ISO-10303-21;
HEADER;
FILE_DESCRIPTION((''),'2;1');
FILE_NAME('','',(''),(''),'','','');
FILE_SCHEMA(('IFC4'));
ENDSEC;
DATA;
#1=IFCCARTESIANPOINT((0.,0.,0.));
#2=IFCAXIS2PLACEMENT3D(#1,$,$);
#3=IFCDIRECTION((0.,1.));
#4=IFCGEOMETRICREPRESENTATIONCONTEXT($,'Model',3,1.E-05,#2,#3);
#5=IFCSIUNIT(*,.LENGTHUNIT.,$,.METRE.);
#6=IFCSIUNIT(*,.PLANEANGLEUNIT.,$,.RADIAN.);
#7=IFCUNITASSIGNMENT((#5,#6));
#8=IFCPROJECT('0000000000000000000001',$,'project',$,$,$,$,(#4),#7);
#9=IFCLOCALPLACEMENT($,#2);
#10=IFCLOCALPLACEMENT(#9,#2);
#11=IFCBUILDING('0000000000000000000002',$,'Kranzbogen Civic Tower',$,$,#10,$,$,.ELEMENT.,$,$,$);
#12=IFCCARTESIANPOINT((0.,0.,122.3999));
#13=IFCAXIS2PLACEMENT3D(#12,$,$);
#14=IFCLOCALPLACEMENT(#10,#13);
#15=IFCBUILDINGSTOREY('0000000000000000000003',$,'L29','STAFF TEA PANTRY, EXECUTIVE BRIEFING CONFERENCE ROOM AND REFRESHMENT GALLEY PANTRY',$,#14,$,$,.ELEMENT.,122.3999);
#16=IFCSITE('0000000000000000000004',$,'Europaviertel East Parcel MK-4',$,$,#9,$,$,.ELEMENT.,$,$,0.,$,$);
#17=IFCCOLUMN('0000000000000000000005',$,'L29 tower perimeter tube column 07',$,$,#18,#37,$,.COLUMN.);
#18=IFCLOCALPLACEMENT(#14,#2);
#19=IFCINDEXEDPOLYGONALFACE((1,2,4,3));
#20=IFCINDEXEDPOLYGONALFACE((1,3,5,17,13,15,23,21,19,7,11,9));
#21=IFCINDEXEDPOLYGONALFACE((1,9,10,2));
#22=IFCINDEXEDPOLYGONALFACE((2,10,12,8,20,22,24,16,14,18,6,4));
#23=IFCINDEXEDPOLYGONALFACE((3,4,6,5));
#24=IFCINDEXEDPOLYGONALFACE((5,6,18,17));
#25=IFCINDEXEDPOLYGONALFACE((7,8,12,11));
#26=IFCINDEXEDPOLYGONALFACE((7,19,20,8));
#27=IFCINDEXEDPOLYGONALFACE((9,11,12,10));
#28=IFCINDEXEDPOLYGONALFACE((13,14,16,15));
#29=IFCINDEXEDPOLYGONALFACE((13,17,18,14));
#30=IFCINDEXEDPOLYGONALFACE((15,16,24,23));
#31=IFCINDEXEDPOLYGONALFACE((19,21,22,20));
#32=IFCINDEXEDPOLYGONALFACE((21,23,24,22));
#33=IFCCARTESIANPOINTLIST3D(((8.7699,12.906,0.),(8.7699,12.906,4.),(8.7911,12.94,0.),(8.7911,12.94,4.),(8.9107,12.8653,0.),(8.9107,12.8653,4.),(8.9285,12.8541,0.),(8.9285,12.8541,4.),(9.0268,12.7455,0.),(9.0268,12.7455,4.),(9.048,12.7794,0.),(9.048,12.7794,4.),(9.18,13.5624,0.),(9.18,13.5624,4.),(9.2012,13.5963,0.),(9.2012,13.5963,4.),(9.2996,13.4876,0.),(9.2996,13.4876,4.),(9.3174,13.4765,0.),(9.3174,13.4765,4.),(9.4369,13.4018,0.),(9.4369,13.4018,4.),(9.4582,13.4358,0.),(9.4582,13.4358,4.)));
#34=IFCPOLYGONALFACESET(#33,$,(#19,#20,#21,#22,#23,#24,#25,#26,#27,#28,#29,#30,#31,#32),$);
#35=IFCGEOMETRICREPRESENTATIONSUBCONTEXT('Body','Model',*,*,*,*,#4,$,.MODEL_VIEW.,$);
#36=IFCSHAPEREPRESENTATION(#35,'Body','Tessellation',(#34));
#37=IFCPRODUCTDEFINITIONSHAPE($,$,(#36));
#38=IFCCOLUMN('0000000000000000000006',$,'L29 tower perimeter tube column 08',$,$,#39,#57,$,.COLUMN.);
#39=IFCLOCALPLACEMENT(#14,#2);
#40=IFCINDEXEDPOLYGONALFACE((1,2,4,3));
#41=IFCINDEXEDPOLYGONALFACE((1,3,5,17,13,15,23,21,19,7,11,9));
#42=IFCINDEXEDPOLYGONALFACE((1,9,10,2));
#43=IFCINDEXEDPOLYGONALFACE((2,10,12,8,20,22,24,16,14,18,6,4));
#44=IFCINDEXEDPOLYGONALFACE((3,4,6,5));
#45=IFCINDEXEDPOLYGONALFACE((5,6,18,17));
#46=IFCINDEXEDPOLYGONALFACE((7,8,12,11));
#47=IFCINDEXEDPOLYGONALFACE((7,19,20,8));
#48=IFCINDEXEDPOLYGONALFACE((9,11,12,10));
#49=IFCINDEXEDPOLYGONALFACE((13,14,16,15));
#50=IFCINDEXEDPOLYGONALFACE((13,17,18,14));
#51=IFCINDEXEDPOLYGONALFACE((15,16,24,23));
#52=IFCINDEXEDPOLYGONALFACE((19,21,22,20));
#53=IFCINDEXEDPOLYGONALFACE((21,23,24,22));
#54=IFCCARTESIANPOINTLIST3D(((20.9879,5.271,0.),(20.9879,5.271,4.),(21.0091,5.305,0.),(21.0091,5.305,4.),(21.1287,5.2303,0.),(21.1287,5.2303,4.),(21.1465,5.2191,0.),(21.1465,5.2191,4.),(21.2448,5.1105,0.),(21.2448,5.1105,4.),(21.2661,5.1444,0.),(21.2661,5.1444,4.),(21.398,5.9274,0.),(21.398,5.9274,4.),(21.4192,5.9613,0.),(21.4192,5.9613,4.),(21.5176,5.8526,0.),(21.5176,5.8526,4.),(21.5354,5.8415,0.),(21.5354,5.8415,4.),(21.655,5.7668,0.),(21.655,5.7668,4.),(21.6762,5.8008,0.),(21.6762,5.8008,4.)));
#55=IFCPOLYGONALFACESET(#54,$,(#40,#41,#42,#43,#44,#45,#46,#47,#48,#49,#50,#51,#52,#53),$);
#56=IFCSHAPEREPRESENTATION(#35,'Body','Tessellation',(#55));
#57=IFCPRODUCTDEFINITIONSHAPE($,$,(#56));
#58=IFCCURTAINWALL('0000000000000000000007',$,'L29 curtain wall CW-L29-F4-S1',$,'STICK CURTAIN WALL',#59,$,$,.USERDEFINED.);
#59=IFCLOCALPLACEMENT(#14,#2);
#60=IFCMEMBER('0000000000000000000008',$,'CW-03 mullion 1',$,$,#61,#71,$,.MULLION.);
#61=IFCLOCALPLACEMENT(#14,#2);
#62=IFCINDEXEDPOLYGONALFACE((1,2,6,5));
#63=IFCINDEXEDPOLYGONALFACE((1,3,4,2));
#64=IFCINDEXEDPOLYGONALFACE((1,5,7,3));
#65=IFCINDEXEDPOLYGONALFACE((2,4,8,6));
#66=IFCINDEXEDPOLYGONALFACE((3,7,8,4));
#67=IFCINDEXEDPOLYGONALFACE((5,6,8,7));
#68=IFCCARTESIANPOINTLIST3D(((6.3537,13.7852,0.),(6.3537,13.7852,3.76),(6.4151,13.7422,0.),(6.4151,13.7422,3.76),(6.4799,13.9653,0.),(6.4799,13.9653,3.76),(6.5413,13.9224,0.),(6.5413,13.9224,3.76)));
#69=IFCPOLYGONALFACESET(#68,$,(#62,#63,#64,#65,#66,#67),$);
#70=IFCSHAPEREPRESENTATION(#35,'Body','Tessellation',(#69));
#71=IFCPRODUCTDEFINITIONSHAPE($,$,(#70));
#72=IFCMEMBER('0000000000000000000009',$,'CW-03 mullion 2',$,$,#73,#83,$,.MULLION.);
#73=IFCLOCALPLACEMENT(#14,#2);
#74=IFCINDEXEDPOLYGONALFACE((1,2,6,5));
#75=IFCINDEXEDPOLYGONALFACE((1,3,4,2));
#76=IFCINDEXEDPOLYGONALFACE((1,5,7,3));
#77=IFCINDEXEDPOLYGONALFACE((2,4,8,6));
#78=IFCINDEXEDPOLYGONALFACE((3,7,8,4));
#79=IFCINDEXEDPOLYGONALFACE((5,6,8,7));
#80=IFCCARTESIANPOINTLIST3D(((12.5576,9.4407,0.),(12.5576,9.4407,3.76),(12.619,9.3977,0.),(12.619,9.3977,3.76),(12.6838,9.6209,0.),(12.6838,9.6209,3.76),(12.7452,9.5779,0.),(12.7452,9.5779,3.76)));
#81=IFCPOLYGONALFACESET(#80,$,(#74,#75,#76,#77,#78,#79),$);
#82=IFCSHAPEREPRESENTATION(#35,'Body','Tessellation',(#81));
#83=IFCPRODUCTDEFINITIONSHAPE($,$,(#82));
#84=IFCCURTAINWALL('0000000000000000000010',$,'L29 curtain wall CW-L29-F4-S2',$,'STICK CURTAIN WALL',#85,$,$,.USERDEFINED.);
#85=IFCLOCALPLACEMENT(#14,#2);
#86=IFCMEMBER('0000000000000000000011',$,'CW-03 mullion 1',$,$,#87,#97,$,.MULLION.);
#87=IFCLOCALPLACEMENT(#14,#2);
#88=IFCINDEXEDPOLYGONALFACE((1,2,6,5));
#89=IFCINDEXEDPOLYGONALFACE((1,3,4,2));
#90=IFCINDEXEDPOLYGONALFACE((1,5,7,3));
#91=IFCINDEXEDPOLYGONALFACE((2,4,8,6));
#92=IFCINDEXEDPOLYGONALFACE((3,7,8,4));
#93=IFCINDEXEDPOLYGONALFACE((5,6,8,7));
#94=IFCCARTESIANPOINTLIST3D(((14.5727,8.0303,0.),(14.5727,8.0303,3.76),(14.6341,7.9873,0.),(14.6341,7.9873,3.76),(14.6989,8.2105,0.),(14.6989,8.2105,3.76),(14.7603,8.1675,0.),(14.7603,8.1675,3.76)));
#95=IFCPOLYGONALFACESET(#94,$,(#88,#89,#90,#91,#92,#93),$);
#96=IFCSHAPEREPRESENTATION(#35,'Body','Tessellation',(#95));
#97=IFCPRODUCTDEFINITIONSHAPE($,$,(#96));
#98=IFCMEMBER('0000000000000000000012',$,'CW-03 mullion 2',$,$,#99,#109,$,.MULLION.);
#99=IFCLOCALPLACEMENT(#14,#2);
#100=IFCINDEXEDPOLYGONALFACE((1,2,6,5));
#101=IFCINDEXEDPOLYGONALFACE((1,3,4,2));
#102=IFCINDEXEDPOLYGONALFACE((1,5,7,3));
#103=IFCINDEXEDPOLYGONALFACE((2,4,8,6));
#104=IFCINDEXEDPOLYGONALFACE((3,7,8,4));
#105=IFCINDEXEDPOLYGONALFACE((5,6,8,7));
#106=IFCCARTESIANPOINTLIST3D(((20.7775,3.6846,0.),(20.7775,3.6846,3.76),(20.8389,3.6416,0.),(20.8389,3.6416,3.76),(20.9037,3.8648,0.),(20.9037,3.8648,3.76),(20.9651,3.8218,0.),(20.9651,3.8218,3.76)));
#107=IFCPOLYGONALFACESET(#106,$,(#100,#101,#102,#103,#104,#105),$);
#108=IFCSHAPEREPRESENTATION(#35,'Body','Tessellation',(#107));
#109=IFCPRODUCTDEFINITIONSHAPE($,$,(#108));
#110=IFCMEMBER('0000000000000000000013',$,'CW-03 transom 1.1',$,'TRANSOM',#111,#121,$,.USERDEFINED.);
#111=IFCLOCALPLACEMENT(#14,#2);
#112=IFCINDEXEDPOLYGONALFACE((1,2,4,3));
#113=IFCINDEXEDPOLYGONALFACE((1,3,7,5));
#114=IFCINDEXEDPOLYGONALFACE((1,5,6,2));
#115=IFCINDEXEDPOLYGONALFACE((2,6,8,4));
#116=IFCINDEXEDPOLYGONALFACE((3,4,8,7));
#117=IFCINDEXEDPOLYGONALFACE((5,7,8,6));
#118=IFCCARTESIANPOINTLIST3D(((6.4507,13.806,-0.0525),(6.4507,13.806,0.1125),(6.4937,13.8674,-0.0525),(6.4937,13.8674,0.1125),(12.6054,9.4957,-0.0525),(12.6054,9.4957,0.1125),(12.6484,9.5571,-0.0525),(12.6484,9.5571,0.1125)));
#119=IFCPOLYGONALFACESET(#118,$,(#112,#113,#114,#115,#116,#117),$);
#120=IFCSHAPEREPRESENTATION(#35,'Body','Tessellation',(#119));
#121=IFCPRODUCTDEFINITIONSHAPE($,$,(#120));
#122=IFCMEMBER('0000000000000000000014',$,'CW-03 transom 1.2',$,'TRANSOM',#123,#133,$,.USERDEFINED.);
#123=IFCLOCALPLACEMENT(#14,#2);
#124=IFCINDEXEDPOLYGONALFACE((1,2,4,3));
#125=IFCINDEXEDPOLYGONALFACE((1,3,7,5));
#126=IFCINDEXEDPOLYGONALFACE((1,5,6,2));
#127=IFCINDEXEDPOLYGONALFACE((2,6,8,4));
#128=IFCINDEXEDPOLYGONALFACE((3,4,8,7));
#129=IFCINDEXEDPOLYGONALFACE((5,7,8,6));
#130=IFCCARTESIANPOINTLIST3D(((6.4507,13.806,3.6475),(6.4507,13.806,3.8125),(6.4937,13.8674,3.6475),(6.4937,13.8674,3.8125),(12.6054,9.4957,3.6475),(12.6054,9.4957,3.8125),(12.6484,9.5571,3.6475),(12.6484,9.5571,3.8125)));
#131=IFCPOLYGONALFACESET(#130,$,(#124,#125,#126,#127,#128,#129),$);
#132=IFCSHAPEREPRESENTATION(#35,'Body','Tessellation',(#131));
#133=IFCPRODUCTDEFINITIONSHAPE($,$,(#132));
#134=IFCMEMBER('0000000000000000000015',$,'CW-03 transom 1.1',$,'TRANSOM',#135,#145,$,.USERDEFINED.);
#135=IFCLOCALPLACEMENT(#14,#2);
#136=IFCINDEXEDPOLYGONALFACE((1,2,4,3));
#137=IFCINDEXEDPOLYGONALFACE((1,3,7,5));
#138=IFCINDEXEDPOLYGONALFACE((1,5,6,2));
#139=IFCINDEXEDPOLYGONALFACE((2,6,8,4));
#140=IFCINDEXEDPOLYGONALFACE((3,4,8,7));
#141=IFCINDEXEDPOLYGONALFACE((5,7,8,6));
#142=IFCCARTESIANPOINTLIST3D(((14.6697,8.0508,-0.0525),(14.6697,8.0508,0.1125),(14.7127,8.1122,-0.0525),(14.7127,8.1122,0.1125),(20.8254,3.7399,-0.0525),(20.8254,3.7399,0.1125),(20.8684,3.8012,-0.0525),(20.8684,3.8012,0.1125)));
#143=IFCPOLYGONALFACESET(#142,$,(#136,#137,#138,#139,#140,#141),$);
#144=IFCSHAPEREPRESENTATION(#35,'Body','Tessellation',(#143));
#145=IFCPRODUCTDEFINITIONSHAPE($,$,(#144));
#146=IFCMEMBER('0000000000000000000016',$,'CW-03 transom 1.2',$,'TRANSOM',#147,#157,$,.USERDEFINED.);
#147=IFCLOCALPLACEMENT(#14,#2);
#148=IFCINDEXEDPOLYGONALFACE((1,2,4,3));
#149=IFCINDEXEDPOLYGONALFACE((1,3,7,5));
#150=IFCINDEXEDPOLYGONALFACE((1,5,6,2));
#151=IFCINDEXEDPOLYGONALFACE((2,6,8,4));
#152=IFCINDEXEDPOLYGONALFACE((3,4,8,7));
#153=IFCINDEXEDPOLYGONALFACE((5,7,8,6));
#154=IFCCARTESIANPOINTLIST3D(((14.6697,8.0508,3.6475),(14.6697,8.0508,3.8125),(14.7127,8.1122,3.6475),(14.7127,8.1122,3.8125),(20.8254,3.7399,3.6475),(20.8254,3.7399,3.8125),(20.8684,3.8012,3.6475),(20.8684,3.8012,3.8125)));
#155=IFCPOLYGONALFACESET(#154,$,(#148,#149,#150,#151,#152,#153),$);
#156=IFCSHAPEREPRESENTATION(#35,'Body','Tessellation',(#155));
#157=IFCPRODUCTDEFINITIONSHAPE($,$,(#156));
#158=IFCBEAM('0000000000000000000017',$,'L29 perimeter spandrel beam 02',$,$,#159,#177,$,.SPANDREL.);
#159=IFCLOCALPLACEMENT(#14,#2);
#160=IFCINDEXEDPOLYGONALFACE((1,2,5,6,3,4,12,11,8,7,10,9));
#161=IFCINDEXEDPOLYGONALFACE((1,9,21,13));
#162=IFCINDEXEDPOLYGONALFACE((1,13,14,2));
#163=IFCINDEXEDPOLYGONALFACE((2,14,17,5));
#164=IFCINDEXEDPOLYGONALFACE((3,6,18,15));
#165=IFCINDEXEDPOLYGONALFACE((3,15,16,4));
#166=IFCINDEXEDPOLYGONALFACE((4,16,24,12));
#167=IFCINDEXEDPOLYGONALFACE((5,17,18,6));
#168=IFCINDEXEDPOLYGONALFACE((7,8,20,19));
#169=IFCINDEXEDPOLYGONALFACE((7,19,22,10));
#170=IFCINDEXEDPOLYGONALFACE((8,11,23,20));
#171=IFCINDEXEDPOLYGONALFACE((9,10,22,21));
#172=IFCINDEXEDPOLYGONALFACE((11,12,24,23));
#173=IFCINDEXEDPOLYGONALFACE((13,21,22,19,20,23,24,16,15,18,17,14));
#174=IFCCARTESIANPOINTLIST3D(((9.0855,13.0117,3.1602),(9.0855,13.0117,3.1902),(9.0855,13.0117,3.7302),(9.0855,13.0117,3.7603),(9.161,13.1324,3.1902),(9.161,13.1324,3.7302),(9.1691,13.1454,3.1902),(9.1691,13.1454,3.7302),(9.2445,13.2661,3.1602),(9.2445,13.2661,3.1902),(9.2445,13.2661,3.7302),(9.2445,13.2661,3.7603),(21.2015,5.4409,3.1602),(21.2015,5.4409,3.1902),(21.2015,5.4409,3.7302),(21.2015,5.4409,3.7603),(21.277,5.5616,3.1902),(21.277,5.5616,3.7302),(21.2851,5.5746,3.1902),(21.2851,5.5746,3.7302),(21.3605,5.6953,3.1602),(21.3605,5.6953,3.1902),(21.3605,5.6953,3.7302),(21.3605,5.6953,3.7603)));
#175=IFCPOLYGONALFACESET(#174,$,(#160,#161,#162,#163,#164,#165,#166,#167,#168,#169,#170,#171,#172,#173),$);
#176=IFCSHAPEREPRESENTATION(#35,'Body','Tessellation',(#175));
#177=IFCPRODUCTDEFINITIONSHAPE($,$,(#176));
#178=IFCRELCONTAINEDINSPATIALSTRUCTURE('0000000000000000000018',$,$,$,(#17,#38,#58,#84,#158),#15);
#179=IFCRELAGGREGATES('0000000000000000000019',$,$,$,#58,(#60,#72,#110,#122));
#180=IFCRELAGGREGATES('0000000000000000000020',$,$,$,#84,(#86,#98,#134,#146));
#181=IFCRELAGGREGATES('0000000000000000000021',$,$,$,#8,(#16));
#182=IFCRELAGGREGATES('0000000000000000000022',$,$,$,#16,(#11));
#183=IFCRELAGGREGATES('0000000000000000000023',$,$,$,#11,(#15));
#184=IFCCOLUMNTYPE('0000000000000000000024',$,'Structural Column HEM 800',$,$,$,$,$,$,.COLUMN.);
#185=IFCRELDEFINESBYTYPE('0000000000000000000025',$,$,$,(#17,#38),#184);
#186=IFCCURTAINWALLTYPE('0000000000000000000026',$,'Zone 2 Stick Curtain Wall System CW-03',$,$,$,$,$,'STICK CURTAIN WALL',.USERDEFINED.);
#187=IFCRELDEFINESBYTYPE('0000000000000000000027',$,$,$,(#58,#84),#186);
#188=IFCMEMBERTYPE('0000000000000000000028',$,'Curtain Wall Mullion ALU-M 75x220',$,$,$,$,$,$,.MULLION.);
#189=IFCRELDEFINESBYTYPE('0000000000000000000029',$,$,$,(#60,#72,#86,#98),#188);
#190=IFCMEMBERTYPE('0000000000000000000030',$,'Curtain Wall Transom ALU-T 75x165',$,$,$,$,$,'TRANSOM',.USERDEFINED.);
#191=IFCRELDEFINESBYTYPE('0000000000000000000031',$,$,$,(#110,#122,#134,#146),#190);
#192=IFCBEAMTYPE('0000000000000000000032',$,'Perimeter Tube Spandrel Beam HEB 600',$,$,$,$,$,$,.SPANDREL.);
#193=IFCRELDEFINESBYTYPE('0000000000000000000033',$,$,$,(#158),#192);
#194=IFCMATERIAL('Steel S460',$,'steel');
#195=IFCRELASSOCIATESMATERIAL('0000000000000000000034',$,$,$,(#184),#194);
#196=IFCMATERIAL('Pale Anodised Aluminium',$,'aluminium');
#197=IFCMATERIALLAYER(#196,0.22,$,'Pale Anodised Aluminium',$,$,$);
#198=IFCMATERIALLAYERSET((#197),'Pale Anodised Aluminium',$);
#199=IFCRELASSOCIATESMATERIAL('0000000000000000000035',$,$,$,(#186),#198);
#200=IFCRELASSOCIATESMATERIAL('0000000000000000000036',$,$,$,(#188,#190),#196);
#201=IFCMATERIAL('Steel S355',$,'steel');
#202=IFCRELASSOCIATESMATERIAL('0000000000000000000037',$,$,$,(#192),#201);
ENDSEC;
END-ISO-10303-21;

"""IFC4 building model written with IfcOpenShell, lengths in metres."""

from ifc_helpers import new_model, si_unit, direction, frame, origin, origin_2d, place, context, subcontext, project, spatial, rectangle, i_section, extrude, material, layer, layer_set, material_profile, profile_set, type_object, element, aggregate, save


model = new_model("IFC4")

# Units and contexts
model_context = context("Model", 3, precision=1e-05, world=origin(), true_north=direction((0.0, 1.0)))
body_context = subcontext(model_context, "Body", "Model", "MODEL_VIEW")
ifc_project = project(units=[si_unit("LENGTHUNIT", "METRE"), si_unit("PLANEANGLEUNIT", "RADIAN")], contexts=[model_context])

# Site, building, storey
site_placement = place(None, origin())
site = spatial("IfcSite", under=ifc_project, at=site_placement, Name="Europaviertel East Parcel MK-4", CompositionType="ELEMENT", RefElevation=0.0)
building_placement = place(site_placement, origin())
building = spatial("IfcBuilding", under=site, at=building_placement, Name="Kranzbogen Civic Tower", CompositionType="ELEMENT")
storey_placement = place(building_placement, frame((0.0, 0.0, 122.3999)))
storey = spatial("IfcBuildingStorey", under=building, at=storey_placement, Name="L29", Description="STAFF TEA PANTRY, EXECUTIVE BRIEFING CONFERENCE ROOM AND REFRESHMENT GALLEY PANTRY", CompositionType="ELEMENT", Elevation=122.3999)

# Columns
ifc_material_1 = material(Name="Steel S460", Category="steel")
ifc_material_profile_1 = material_profile(ifc_material_1, i_section(OverallWidth=0.303, OverallDepth=0.814, WebThickness=0.021, FlangeThickness=0.04, at=origin_2d()), Name="HEM 800")
ifc_profile_set_1 = profile_set([ifc_material_profile_1], Name="Steel S460")
column_type = type_object("IfcColumnType", Name="Structural Column HEM 800", PredefinedType="COLUMN", material=ifc_profile_set_1)
for number, where, z_axis, x_axis, name in (
    (1, (9.114, 13.1709, 0.0), (0.0, 0.0, 1.0), (-0.848048, 0.529919, 0.0), "L29 tower perimeter tube column 07"),
    (2, (21.332, 5.5359, 0.0), (0.0, 0.0, 1.0), (-0.848048, 0.529919, 0.0), "L29 tower perimeter tube column 08"),
):
    element("IfcColumn", number, at=place(storey_placement, frame(where, z_axis=z_axis, x_axis=x_axis)), inside=storey, type_object=column_type, Name=name, PredefinedType="COLUMN", context=body_context, shape_type="SweptSolid", body=[
        extrude(i_section(OverallWidth=0.303, OverallDepth=0.814, WebThickness=0.021, FlangeThickness=0.04, at=origin_2d()), origin(), (0.0, 0.0, 1.0), 4.0),
    ])

# Curtain walls, members
ifc_material_2 = material(Name="Pale Anodised Aluminium", Category="aluminium")
ifc_layer_1 = layer(ifc_material_2, 0.22, Name="Pale Anodised Aluminium")
ifc_layer_set_1 = layer_set([ifc_layer_1], Name="Pale Anodised Aluminium")
curtain_wall_type = type_object("IfcCurtainWallType", Name="Zone 2 Stick Curtain Wall System CW-03", ElementType="STICK CURTAIN WALL", PredefinedType="USERDEFINED", material=ifc_layer_set_1)
curtain_wall_1_placement = place(storey_placement, origin())
curtain_wall_1 = element("IfcCurtainWall", 3, at=curtain_wall_1_placement, inside=storey, type_object=curtain_wall_type, Name="L29 curtain wall CW-L29-F4-S1", ObjectType="STICK CURTAIN WALL", PredefinedType="USERDEFINED")
ifc_material_profile_2 = material_profile(ifc_material_2, rectangle(XDim=0.075, YDim=0.22, at=origin_2d()), Name="ALU-M 75x220")
ifc_profile_set_2 = profile_set([ifc_material_profile_2], Name="Pale Anodised Aluminium")
member_type_1 = type_object("IfcMemberType", Name="Curtain Wall Mullion ALU-M 75x220", PredefinedType="MULLION", material=ifc_profile_set_2)
member_1_placement = place(storey_placement, frame((6.4475, 13.8538, 0.0), z_axis=(0.0, 0.0, 1.0), x_axis=(0.819115, -0.573629, 0.0)))
member_1 = element("IfcMember", 4, at=member_1_placement, type_object=member_type_1, Name="CW-03 mullion 1", PredefinedType="MULLION", context=body_context, shape_type="SweptSolid", body=[
    extrude(rectangle(XDim=0.075, YDim=0.22, at=origin_2d()), origin(), (0.0, 0.0, 1.0), 3.76),
])
member_2_placement = place(storey_placement, frame((12.6514, 9.5093, 0.0), z_axis=(0.0, 0.0, 1.0), x_axis=(0.819115, -0.573629, 0.0)))
member_2 = element("IfcMember", 5, at=member_2_placement, type_object=member_type_1, Name="CW-03 mullion 2", PredefinedType="MULLION", context=body_context, shape_type="SweptSolid", body=[
    extrude(rectangle(XDim=0.075, YDim=0.22, at=origin_2d()), origin(), (0.0, 0.0, 1.0), 3.76),
])
curtain_wall_2_placement = place(storey_placement, origin())
curtain_wall_2 = element("IfcCurtainWall", 6, at=curtain_wall_2_placement, inside=storey, type_object=curtain_wall_type, Name="L29 curtain wall CW-L29-F4-S2", ObjectType="STICK CURTAIN WALL", PredefinedType="USERDEFINED")
member_3_placement = place(storey_placement, frame((14.6665, 8.0989, 0.0), z_axis=(0.0, 0.0, 1.0), x_axis=(0.819097, -0.573656, 0.0)))
member_3 = element("IfcMember", 7, at=member_3_placement, type_object=member_type_1, Name="CW-03 mullion 1", PredefinedType="MULLION", context=body_context, shape_type="SweptSolid", body=[
    extrude(rectangle(XDim=0.075, YDim=0.22, at=origin_2d()), origin(), (0.0, 0.0, 1.0), 3.76),
])
member_4_placement = place(storey_placement, frame((20.8713, 3.7532, 0.0), z_axis=(0.0, 0.0, 1.0), x_axis=(0.819097, -0.573656, 0.0)))
member_4 = element("IfcMember", 8, at=member_4_placement, type_object=member_type_1, Name="CW-03 mullion 2", PredefinedType="MULLION", context=body_context, shape_type="SweptSolid", body=[
    extrude(rectangle(XDim=0.075, YDim=0.22, at=origin_2d()), origin(), (0.0, 0.0, 1.0), 3.76),
])

# Members
ifc_material_profile_3 = material_profile(ifc_material_2, rectangle(XDim=0.075, YDim=0.165, at=origin_2d()), Name="ALU-T 75x165")
ifc_profile_set_3 = profile_set([ifc_material_profile_3], Name="Pale Anodised Aluminium")
member_type_2 = type_object("IfcMemberType", Name="Curtain Wall Transom ALU-T 75x165", ElementType="TRANSOM", PredefinedType="USERDEFINED", material=ifc_profile_set_3)
member_5_placement = place(storey_placement, frame((6.4722, 13.8367, 0.03), z_axis=(0.81911, -0.573637, 0.0), x_axis=(0.573637, 0.81911, 0.0)))
member_5 = element("IfcMember", 9, at=member_5_placement, type_object=member_type_2, Name="CW-03 transom 1.1", ObjectType="TRANSOM", PredefinedType="USERDEFINED", context=body_context, shape_type="SweptSolid", body=[
    extrude(rectangle(XDim=0.075, YDim=0.165, at=origin_2d()), origin(), (0.0, 0.0, 1.0), 7.5139),
])
member_6_placement = place(storey_placement, frame((6.4722, 13.8367, 3.73), z_axis=(0.81911, -0.573637, 0.0), x_axis=(0.573637, 0.81911, 0.0)))
member_6 = element("IfcMember", 10, at=member_6_placement, type_object=member_type_2, Name="CW-03 transom 1.2", ObjectType="TRANSOM", PredefinedType="USERDEFINED", context=body_context, shape_type="SweptSolid", body=[
    extrude(rectangle(XDim=0.075, YDim=0.165, at=origin_2d()), origin(), (0.0, 0.0, 1.0), 7.5139),
])
member_7_placement = place(storey_placement, frame((14.6912, 8.0815, 0.03), z_axis=(0.819107, -0.573641, 0.0), x_axis=(0.573641, 0.819107, 0.0)))
member_7 = element("IfcMember", 11, at=member_7_placement, type_object=member_type_2, Name="CW-03 transom 1.1", ObjectType="TRANSOM", PredefinedType="USERDEFINED", context=body_context, shape_type="SweptSolid", body=[
    extrude(rectangle(XDim=0.075, YDim=0.165, at=origin_2d()), origin(), (0.0, 0.0, 1.0), 7.5151),
])
member_8_placement = place(storey_placement, frame((14.6912, 8.0815, 3.73), z_axis=(0.819107, -0.573641, 0.0), x_axis=(0.573641, 0.819107, 0.0)))
member_8 = element("IfcMember", 12, at=member_8_placement, type_object=member_type_2, Name="CW-03 transom 1.2", ObjectType="TRANSOM", PredefinedType="USERDEFINED", context=body_context, shape_type="SweptSolid", body=[
    extrude(rectangle(XDim=0.075, YDim=0.165, at=origin_2d()), origin(), (0.0, 0.0, 1.0), 7.5151),
])

# Beam
ifc_material_3 = material(Name="Steel S355", Category="steel")
ifc_material_profile_4 = material_profile(ifc_material_3, i_section(OverallWidth=0.3, OverallDepth=0.6001, WebThickness=0.0154, FlangeThickness=0.03, at=origin_2d()), Name="HEB 600")
ifc_profile_set_4 = profile_set([ifc_material_profile_4], Name="Steel S355")
beam_type_1 = type_object("IfcBeamType", Name="Perimeter Tube Spandrel Beam HEB 600", PredefinedType="SPANDREL", material=ifc_profile_set_4)
beam_1_placement = place(storey_placement, frame((9.165, 13.1389, 3.4602), z_axis=(0.848051, -0.529914, 0.0), x_axis=(0.529914, 0.848051, 0.0)))
element("IfcBeam", 13, at=beam_1_placement, inside=storey, type_object=beam_type_1, Name="L29 perimeter spandrel beam 02", PredefinedType="SPANDREL", context=body_context, shape_type="SweptSolid", body=[
    extrude(i_section(OverallWidth=0.3, OverallDepth=0.6001, WebThickness=0.0154, FlangeThickness=0.03, at=origin_2d()), origin(), (0.0, 0.0, 1.0), 14.2869),
])

aggregate(curtain_wall_1, [member_1, member_2, member_5, member_6])
aggregate(curtain_wall_2, [member_3, member_4, member_7, member_8])

save(model, "model.ifc")
